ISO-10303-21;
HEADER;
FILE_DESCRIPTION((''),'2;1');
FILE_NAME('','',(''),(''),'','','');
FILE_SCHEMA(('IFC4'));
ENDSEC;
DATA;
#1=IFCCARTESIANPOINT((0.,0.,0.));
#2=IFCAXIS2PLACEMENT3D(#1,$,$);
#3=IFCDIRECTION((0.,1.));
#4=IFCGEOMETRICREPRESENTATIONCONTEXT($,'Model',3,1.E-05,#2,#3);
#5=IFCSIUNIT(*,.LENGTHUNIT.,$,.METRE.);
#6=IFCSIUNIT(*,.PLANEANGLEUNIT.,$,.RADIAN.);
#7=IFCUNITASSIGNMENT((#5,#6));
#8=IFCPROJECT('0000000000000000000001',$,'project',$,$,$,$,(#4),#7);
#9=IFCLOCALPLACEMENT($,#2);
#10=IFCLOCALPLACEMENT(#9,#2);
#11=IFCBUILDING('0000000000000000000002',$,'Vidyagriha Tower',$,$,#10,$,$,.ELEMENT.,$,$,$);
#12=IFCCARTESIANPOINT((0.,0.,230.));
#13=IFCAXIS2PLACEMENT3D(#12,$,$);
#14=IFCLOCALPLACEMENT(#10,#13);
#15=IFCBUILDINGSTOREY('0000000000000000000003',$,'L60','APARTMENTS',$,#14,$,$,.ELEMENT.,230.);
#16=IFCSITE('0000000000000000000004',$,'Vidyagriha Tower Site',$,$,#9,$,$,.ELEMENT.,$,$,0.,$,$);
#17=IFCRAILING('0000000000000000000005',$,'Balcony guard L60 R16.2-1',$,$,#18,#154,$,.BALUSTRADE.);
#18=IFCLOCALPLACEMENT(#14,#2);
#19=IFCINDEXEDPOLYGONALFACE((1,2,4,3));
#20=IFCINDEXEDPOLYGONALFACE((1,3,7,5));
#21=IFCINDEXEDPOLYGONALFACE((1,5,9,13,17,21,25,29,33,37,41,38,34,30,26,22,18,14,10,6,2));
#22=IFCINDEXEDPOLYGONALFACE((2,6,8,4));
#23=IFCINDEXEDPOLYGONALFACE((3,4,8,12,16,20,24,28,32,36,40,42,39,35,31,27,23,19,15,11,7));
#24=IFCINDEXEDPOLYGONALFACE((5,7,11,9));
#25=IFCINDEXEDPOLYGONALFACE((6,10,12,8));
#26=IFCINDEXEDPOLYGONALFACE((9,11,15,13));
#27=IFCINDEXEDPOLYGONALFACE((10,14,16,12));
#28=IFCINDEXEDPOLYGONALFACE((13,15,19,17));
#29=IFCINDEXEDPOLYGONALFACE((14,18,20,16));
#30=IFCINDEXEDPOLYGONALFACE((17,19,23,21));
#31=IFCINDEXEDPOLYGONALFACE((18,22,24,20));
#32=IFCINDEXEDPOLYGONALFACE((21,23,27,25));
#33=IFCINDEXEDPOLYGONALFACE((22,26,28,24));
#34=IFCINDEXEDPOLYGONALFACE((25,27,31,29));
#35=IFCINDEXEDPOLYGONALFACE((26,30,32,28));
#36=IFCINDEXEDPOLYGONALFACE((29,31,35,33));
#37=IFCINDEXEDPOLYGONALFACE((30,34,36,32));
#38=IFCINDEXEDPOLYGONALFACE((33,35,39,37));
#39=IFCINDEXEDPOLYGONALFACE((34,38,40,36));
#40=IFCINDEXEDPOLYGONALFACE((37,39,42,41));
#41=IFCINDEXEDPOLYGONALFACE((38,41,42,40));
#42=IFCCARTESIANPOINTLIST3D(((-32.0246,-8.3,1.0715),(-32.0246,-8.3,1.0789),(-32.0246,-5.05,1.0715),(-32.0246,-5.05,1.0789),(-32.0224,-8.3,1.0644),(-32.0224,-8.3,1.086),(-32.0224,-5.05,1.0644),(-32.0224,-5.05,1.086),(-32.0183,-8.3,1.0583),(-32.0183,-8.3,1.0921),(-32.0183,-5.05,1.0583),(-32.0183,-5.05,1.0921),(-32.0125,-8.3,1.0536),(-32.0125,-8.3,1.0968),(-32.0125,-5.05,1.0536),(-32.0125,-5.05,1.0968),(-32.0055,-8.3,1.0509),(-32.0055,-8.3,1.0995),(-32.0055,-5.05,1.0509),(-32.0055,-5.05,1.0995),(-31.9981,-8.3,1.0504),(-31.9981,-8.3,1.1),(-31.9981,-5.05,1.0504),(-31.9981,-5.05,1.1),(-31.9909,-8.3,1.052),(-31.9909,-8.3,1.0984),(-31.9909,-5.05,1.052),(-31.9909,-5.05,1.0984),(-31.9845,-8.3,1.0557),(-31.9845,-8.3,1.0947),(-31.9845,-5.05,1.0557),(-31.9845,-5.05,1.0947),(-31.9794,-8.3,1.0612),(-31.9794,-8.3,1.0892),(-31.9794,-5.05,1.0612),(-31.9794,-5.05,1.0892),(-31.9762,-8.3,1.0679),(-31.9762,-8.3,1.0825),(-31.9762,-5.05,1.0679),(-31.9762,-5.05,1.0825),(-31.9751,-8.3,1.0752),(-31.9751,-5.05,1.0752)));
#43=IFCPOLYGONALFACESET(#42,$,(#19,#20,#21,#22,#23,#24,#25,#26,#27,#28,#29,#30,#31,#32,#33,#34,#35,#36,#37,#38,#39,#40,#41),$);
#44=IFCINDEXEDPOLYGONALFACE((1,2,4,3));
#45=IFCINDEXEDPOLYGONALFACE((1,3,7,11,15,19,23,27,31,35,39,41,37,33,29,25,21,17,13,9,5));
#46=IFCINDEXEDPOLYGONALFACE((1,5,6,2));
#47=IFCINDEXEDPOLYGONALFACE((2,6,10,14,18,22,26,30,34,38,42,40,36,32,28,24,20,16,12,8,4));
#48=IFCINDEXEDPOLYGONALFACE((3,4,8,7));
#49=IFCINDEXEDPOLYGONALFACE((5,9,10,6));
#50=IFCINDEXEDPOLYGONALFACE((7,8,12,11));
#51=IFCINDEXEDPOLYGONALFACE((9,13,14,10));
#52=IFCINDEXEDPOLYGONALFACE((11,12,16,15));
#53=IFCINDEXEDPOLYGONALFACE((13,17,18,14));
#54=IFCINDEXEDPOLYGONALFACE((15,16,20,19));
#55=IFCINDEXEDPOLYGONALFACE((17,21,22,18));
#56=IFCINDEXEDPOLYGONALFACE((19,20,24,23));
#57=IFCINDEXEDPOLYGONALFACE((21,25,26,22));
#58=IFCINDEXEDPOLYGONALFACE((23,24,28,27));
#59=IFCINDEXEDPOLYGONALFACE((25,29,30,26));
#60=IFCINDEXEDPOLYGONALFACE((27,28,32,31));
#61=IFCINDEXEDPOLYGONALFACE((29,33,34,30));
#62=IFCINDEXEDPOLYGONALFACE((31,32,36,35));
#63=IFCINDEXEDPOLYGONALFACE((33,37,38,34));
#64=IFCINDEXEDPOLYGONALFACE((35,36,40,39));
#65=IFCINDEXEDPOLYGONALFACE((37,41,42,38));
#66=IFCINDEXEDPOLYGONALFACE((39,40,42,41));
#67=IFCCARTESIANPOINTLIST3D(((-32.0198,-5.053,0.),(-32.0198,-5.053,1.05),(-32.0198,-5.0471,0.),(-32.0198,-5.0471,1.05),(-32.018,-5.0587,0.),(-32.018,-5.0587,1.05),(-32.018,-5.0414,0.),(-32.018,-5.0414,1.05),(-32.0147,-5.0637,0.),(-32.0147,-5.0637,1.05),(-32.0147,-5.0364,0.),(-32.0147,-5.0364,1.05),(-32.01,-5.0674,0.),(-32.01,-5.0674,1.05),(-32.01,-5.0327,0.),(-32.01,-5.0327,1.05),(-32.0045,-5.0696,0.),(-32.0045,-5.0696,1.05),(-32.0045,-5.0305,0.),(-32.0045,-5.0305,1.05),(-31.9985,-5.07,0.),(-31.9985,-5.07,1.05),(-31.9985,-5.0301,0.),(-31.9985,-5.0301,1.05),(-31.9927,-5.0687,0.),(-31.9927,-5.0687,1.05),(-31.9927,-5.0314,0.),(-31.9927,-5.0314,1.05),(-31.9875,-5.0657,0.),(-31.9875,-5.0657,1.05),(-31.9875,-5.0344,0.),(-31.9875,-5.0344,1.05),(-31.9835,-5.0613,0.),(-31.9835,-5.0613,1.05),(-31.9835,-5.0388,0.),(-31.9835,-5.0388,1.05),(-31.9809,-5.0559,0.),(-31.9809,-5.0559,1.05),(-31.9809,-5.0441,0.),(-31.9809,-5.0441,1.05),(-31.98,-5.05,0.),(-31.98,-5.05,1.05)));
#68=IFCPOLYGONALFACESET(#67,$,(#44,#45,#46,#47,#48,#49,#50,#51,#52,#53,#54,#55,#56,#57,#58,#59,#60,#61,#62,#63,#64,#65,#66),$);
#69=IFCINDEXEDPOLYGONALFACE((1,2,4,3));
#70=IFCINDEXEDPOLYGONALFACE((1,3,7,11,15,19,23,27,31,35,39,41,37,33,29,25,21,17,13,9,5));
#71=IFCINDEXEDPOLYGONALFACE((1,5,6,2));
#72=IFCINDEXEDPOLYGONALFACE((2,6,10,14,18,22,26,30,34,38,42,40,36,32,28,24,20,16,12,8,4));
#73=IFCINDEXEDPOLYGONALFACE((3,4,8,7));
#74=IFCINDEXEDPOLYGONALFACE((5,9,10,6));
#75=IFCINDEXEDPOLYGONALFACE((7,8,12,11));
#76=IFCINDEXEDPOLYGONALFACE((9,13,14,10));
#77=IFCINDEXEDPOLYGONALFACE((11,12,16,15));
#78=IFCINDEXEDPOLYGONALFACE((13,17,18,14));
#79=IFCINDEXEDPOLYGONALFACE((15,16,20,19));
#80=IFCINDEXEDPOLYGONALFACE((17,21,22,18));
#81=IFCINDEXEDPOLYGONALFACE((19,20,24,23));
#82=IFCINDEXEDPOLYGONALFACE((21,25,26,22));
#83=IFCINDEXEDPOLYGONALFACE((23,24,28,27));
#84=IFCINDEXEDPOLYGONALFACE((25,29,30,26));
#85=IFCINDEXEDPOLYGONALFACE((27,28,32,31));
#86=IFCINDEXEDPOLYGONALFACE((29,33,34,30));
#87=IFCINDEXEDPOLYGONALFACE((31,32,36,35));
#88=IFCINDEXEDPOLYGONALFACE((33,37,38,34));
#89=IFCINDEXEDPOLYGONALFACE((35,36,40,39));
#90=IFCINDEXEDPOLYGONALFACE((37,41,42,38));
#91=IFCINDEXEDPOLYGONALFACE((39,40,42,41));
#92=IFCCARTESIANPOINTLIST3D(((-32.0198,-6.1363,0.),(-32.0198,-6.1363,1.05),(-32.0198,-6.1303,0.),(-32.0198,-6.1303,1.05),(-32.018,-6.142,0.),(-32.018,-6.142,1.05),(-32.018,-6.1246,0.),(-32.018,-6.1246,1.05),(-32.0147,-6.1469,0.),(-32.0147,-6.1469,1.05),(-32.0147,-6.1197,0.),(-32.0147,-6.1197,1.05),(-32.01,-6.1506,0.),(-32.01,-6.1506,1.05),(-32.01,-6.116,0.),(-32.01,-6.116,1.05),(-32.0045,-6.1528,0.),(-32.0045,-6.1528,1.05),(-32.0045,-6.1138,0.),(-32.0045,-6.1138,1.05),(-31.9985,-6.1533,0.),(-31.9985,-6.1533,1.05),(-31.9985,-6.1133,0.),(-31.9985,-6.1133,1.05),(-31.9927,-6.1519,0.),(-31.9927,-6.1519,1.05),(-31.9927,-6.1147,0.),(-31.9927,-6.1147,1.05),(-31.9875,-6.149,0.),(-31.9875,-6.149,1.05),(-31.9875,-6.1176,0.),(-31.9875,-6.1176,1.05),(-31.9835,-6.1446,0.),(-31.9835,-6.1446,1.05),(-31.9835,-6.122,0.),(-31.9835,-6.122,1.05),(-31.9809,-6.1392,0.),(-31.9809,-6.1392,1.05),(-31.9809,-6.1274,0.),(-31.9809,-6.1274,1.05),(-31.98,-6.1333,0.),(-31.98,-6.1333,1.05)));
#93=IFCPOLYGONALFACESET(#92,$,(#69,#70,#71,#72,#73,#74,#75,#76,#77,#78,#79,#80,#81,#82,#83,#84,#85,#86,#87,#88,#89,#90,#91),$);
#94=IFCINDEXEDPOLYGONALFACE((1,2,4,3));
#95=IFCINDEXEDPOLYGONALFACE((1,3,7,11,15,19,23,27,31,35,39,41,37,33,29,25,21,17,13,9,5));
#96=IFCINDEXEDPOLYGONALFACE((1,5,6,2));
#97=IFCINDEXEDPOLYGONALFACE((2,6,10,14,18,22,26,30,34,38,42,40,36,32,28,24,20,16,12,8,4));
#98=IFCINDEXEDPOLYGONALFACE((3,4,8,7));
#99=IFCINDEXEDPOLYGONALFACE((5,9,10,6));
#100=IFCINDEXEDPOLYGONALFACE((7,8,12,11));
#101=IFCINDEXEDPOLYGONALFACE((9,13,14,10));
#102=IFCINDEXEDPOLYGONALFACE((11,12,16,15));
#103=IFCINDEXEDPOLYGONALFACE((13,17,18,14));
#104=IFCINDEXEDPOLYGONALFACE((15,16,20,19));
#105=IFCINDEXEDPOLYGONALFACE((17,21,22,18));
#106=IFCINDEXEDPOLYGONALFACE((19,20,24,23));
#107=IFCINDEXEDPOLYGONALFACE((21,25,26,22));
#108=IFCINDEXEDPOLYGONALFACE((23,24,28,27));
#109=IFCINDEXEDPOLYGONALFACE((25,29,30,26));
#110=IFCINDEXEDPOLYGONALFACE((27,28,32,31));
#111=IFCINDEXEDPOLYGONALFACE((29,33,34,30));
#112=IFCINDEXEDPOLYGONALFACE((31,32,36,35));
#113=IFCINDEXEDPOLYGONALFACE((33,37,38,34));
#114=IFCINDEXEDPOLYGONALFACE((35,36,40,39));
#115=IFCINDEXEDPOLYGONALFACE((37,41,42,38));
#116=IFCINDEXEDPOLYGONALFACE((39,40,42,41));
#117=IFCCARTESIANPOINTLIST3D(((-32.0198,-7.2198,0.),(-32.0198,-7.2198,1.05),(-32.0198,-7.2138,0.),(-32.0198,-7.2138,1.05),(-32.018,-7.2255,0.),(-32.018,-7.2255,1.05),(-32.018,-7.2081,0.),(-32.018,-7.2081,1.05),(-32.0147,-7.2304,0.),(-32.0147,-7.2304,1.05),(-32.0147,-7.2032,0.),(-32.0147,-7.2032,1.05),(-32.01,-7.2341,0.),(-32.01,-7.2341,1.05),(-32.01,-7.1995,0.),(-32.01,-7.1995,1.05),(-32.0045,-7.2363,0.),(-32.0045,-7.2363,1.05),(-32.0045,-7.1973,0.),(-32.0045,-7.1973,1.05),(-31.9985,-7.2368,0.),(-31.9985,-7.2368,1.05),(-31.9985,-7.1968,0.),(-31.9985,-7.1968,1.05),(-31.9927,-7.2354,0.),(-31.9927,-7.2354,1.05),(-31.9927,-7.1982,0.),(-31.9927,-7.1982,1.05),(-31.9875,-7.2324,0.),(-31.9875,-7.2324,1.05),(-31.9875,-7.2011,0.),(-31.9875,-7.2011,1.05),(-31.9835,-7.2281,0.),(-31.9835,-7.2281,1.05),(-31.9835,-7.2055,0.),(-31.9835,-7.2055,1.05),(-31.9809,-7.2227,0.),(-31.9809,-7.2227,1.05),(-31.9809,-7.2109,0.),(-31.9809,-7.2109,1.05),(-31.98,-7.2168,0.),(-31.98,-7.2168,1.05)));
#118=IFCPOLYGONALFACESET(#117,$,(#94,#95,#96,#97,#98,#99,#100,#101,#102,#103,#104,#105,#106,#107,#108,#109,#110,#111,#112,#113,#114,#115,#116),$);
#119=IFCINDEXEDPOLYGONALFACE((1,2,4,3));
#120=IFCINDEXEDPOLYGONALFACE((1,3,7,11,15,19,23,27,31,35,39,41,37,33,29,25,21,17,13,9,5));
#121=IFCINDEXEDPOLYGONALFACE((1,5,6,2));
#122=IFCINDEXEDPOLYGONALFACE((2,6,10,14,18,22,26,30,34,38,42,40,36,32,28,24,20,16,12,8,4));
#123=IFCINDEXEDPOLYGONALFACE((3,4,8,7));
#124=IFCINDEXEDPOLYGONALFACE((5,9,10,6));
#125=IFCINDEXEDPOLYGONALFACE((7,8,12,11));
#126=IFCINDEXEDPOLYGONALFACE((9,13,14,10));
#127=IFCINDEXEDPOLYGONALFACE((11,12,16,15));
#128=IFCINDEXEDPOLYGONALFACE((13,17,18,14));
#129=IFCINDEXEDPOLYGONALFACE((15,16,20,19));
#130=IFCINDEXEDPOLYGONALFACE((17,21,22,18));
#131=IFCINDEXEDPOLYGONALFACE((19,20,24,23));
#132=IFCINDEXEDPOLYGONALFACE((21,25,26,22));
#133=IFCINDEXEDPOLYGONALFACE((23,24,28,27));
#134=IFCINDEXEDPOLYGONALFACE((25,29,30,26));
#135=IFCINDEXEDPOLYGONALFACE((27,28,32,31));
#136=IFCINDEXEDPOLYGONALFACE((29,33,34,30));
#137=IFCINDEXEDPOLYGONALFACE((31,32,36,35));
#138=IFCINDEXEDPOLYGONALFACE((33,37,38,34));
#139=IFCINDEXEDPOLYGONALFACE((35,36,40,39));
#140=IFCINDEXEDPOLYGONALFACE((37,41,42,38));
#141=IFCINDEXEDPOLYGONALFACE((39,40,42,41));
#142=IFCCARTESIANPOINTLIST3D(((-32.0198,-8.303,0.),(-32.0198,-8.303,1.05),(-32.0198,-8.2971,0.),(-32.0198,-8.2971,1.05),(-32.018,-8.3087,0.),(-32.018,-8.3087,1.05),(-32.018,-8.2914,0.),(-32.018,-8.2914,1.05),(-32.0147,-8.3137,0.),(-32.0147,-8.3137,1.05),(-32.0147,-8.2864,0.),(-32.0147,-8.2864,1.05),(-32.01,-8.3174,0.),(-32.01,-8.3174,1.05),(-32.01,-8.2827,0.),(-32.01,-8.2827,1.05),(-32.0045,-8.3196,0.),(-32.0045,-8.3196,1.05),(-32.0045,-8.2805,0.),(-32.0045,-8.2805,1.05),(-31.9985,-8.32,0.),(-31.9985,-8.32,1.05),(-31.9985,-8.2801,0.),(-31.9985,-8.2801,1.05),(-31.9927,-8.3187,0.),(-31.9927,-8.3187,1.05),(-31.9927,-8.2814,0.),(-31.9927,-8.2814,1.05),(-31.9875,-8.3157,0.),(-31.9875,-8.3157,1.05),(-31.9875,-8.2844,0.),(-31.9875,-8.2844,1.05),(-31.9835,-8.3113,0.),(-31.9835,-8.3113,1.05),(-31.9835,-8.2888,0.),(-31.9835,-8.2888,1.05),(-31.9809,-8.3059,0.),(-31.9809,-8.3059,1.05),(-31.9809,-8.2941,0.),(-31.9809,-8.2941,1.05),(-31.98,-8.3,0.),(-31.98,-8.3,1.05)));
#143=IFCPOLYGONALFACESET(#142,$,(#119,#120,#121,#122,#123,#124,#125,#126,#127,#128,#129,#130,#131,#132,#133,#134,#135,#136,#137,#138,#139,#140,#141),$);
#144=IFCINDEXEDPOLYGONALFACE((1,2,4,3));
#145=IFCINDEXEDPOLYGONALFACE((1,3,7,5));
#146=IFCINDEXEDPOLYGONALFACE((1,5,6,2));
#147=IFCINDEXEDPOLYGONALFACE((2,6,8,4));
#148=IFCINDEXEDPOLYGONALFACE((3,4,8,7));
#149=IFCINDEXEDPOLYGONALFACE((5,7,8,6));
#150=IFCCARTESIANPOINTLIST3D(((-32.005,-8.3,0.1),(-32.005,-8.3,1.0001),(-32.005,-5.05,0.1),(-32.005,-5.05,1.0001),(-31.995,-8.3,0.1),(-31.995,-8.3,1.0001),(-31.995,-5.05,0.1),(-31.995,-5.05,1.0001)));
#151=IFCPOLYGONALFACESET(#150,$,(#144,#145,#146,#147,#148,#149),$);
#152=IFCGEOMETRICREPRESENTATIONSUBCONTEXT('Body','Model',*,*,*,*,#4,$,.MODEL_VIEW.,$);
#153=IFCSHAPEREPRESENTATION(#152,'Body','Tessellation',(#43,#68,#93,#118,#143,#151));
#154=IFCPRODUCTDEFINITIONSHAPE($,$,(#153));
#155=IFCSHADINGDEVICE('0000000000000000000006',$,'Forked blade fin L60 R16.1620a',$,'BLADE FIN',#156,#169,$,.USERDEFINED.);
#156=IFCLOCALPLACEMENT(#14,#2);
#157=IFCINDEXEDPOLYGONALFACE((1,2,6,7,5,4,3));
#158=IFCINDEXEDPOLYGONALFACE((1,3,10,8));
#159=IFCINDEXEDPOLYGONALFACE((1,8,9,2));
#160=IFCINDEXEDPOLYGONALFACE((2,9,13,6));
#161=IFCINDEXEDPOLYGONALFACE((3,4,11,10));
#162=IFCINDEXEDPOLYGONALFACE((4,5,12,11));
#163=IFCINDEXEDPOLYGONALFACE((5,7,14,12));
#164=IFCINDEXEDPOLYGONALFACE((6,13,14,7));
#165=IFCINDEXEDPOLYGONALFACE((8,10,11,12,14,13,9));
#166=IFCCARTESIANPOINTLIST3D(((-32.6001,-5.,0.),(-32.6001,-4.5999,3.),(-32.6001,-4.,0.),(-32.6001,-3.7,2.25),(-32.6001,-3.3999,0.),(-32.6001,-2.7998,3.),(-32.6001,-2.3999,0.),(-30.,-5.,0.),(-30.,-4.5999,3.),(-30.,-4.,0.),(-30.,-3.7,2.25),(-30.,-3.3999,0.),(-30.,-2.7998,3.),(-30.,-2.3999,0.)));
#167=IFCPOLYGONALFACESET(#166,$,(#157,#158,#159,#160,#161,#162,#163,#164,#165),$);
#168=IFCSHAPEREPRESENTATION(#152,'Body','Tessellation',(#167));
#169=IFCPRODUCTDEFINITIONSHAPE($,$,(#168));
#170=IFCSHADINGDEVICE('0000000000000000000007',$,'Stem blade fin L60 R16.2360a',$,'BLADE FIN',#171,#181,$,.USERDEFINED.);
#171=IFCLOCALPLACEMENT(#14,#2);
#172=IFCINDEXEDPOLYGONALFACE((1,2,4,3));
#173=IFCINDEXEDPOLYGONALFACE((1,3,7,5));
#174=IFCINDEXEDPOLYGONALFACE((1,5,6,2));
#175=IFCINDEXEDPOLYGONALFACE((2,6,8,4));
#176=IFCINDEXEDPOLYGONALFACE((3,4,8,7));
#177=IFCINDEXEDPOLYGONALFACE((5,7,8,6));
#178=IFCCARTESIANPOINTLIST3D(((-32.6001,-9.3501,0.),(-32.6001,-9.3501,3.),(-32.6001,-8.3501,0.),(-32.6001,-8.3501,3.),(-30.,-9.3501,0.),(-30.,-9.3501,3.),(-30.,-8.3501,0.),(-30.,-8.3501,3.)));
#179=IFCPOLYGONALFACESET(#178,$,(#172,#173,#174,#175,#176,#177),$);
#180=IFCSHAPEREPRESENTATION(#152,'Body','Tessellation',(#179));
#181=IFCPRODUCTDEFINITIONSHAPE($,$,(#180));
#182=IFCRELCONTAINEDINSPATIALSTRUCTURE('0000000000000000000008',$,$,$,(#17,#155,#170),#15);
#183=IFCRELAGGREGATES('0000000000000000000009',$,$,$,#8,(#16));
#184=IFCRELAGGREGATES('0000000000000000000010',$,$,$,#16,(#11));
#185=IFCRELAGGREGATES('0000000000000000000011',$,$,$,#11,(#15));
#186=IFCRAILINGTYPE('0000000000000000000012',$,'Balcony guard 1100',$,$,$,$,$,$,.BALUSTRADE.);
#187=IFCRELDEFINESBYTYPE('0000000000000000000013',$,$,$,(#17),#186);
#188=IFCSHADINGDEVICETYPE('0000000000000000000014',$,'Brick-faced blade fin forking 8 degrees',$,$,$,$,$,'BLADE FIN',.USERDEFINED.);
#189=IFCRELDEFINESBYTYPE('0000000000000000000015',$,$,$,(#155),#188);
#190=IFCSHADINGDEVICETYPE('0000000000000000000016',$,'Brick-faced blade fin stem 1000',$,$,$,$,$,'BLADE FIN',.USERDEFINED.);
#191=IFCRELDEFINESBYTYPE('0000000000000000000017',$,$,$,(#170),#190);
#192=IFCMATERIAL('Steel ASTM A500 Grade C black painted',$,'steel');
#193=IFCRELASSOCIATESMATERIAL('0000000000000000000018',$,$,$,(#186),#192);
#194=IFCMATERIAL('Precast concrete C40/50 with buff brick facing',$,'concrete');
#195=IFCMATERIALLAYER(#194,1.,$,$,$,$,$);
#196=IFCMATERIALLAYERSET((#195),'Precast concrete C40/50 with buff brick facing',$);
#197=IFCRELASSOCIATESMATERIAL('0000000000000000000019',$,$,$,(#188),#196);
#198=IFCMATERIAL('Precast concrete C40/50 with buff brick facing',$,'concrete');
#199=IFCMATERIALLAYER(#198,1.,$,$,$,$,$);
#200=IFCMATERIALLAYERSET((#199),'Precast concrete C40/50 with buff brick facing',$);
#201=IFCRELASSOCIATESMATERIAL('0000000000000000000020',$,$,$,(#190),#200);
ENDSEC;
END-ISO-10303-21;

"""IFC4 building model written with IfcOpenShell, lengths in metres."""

from ifc_helpers import new_model, si_unit, direction, frame, origin, origin_2d, place, context, subcontext, project, spatial, polyline, rectangle, circle, outline, extrude, material, layer, layer_set, type_object, element, save


model = new_model("IFC4")

# Units and contexts
model_context = context("Model", 3, precision=1e-05, world=origin(), true_north=direction((0.0, 1.0)))
body_context = subcontext(model_context, "Body", "Model", "MODEL_VIEW")
ifc_project = project(units=[si_unit("LENGTHUNIT", "METRE"), si_unit("PLANEANGLEUNIT", "RADIAN")], contexts=[model_context])

# Site, building, storey
site_placement = place(None, origin())
site = spatial("IfcSite", under=ifc_project, at=site_placement, Name="Vidyagriha Tower Site", CompositionType="ELEMENT", RefElevation=0.0)
building_placement = place(site_placement, origin())
building = spatial("IfcBuilding", under=site, at=building_placement, Name="Vidyagriha Tower", CompositionType="ELEMENT")
storey_placement = place(building_placement, frame((0.0, 0.0, 230.0)))
storey = spatial("IfcBuildingStorey", under=building, at=storey_placement, Name="L60", Description="APARTMENTS", CompositionType="ELEMENT", Elevation=230.0)

# Railing
ifc_material_1 = material(Name="Steel ASTM A500 Grade C black painted", Category="steel")
railing_type_1 = type_object("IfcRailingType", Name="Balcony guard 1100", PredefinedType="BALUSTRADE", material=ifc_material_1)
railing_1_placement = place(storey_placement, frame((-32.0, -5.05, 0.0)))
element("IfcRailing", 1, at=railing_1_placement, inside=storey, type_object=railing_type_1, Name="Balcony guard L60 R16.2-1", PredefinedType="BALUSTRADE", context=body_context, shape_type="SweptSolid", body=[
    extrude(circle(Radius=0.0249, at=origin_2d()), frame((0.0, 0.0, 1.0752), z_axis=(0.0, -1.0, 0.0), x_axis=(1.0, 0.0, 0.0)), (0.0, 0.0, 1.0), 3.25),
    extrude(circle(Radius=0.02, at=origin_2d()), origin(), (0.0, 0.0, 1.0), 1.05),
    extrude(circle(Radius=0.02, at=origin_2d()), frame((0.0, -1.0833, 0.0)), (0.0, 0.0, 1.0), 1.05),
    extrude(circle(Radius=0.02, at=origin_2d()), frame((0.0, -2.1667, 0.0)), (0.0, 0.0, 1.0), 1.05),
    extrude(circle(Radius=0.02, at=origin_2d()), frame((0.0, -3.25, 0.0)), (0.0, 0.0, 1.0), 1.05),
    extrude(rectangle(XDim=0.01, YDim=0.9001, at=origin_2d()), frame((0.0, 0.0, 0.55), z_axis=(0.0, -1.0, 0.0), x_axis=(1.0, 0.0, 0.0)), (0.0, 0.0, 1.0), 3.25),
])

# Shading devices
ifc_material_2 = material(Name="Precast concrete C40/50 with buff brick facing", Category="concrete")
ifc_layer_1 = layer(ifc_material_2, 1.0)
ifc_layer_set_1 = layer_set([ifc_layer_1], Name="Precast concrete C40/50 with buff brick facing")
shading_device_type_1 = type_object("IfcShadingDeviceType", Name="Brick-faced blade fin forking 8 degrees", ElementType="BLADE FIN", PredefinedType="USERDEFINED", material=ifc_layer_set_1)
shading_device_1_placement = place(storey_placement, frame((-31.3, -2.3999, 0.0), z_axis=(0.0, 0.0, 1.0), x_axis=(0.0, -1.0, 0.0)))
element("IfcShadingDevice", 2, at=shading_device_1_placement, inside=storey, type_object=shading_device_type_1, Name="Forked blade fin L60 R16.1620a", ObjectType="BLADE FIN", PredefinedType="USERDEFINED", context=body_context, shape_type="SweptSolid", body=[
    extrude(outline(polyline([(1.0, 0.0), (1.3, 2.25), (1.6001, 0.0), (2.6001, 0.0), (2.2, 3.0), (0.3999, 3.0), (0.0, 0.0), (1.0, 0.0)])), frame((0.0, 1.3, 0.0), z_axis=(0.0, -1.0, 0.0), x_axis=(1.0, 0.0, 0.0)), (0.0, 0.0, 1.0), 2.6001),
])
ifc_material_3 = material(Name="Precast concrete C40/50 with buff brick facing", Category="concrete")
ifc_layer_2 = layer(ifc_material_3, 1.0)
ifc_layer_set_2 = layer_set([ifc_layer_2], Name="Precast concrete C40/50 with buff brick facing")
shading_device_type_2 = type_object("IfcShadingDeviceType", Name="Brick-faced blade fin stem 1000", ElementType="BLADE FIN", PredefinedType="USERDEFINED", material=ifc_layer_set_2)
shading_device_2_placement = place(storey_placement, frame((-31.3, -8.3501, 0.0), z_axis=(0.0, 0.0, 1.0), x_axis=(0.0, -1.0, 0.0)))
element("IfcShadingDevice", 3, at=shading_device_2_placement, inside=storey, type_object=shading_device_type_2, Name="Stem blade fin L60 R16.2360a", ObjectType="BLADE FIN", PredefinedType="USERDEFINED", context=body_context, shape_type="SweptSolid", body=[
    extrude(outline(polyline([(0.0, 0.0), (1.0, 0.0), (1.0, 3.0), (0.0, 3.0), (0.0, 0.0)])), frame((0.0, 1.3, 0.0), z_axis=(0.0, -1.0, 0.0), x_axis=(1.0, 0.0, 0.0)), (0.0, 0.0, 1.0), 2.6001),
])

save(model, "model.ifc")
